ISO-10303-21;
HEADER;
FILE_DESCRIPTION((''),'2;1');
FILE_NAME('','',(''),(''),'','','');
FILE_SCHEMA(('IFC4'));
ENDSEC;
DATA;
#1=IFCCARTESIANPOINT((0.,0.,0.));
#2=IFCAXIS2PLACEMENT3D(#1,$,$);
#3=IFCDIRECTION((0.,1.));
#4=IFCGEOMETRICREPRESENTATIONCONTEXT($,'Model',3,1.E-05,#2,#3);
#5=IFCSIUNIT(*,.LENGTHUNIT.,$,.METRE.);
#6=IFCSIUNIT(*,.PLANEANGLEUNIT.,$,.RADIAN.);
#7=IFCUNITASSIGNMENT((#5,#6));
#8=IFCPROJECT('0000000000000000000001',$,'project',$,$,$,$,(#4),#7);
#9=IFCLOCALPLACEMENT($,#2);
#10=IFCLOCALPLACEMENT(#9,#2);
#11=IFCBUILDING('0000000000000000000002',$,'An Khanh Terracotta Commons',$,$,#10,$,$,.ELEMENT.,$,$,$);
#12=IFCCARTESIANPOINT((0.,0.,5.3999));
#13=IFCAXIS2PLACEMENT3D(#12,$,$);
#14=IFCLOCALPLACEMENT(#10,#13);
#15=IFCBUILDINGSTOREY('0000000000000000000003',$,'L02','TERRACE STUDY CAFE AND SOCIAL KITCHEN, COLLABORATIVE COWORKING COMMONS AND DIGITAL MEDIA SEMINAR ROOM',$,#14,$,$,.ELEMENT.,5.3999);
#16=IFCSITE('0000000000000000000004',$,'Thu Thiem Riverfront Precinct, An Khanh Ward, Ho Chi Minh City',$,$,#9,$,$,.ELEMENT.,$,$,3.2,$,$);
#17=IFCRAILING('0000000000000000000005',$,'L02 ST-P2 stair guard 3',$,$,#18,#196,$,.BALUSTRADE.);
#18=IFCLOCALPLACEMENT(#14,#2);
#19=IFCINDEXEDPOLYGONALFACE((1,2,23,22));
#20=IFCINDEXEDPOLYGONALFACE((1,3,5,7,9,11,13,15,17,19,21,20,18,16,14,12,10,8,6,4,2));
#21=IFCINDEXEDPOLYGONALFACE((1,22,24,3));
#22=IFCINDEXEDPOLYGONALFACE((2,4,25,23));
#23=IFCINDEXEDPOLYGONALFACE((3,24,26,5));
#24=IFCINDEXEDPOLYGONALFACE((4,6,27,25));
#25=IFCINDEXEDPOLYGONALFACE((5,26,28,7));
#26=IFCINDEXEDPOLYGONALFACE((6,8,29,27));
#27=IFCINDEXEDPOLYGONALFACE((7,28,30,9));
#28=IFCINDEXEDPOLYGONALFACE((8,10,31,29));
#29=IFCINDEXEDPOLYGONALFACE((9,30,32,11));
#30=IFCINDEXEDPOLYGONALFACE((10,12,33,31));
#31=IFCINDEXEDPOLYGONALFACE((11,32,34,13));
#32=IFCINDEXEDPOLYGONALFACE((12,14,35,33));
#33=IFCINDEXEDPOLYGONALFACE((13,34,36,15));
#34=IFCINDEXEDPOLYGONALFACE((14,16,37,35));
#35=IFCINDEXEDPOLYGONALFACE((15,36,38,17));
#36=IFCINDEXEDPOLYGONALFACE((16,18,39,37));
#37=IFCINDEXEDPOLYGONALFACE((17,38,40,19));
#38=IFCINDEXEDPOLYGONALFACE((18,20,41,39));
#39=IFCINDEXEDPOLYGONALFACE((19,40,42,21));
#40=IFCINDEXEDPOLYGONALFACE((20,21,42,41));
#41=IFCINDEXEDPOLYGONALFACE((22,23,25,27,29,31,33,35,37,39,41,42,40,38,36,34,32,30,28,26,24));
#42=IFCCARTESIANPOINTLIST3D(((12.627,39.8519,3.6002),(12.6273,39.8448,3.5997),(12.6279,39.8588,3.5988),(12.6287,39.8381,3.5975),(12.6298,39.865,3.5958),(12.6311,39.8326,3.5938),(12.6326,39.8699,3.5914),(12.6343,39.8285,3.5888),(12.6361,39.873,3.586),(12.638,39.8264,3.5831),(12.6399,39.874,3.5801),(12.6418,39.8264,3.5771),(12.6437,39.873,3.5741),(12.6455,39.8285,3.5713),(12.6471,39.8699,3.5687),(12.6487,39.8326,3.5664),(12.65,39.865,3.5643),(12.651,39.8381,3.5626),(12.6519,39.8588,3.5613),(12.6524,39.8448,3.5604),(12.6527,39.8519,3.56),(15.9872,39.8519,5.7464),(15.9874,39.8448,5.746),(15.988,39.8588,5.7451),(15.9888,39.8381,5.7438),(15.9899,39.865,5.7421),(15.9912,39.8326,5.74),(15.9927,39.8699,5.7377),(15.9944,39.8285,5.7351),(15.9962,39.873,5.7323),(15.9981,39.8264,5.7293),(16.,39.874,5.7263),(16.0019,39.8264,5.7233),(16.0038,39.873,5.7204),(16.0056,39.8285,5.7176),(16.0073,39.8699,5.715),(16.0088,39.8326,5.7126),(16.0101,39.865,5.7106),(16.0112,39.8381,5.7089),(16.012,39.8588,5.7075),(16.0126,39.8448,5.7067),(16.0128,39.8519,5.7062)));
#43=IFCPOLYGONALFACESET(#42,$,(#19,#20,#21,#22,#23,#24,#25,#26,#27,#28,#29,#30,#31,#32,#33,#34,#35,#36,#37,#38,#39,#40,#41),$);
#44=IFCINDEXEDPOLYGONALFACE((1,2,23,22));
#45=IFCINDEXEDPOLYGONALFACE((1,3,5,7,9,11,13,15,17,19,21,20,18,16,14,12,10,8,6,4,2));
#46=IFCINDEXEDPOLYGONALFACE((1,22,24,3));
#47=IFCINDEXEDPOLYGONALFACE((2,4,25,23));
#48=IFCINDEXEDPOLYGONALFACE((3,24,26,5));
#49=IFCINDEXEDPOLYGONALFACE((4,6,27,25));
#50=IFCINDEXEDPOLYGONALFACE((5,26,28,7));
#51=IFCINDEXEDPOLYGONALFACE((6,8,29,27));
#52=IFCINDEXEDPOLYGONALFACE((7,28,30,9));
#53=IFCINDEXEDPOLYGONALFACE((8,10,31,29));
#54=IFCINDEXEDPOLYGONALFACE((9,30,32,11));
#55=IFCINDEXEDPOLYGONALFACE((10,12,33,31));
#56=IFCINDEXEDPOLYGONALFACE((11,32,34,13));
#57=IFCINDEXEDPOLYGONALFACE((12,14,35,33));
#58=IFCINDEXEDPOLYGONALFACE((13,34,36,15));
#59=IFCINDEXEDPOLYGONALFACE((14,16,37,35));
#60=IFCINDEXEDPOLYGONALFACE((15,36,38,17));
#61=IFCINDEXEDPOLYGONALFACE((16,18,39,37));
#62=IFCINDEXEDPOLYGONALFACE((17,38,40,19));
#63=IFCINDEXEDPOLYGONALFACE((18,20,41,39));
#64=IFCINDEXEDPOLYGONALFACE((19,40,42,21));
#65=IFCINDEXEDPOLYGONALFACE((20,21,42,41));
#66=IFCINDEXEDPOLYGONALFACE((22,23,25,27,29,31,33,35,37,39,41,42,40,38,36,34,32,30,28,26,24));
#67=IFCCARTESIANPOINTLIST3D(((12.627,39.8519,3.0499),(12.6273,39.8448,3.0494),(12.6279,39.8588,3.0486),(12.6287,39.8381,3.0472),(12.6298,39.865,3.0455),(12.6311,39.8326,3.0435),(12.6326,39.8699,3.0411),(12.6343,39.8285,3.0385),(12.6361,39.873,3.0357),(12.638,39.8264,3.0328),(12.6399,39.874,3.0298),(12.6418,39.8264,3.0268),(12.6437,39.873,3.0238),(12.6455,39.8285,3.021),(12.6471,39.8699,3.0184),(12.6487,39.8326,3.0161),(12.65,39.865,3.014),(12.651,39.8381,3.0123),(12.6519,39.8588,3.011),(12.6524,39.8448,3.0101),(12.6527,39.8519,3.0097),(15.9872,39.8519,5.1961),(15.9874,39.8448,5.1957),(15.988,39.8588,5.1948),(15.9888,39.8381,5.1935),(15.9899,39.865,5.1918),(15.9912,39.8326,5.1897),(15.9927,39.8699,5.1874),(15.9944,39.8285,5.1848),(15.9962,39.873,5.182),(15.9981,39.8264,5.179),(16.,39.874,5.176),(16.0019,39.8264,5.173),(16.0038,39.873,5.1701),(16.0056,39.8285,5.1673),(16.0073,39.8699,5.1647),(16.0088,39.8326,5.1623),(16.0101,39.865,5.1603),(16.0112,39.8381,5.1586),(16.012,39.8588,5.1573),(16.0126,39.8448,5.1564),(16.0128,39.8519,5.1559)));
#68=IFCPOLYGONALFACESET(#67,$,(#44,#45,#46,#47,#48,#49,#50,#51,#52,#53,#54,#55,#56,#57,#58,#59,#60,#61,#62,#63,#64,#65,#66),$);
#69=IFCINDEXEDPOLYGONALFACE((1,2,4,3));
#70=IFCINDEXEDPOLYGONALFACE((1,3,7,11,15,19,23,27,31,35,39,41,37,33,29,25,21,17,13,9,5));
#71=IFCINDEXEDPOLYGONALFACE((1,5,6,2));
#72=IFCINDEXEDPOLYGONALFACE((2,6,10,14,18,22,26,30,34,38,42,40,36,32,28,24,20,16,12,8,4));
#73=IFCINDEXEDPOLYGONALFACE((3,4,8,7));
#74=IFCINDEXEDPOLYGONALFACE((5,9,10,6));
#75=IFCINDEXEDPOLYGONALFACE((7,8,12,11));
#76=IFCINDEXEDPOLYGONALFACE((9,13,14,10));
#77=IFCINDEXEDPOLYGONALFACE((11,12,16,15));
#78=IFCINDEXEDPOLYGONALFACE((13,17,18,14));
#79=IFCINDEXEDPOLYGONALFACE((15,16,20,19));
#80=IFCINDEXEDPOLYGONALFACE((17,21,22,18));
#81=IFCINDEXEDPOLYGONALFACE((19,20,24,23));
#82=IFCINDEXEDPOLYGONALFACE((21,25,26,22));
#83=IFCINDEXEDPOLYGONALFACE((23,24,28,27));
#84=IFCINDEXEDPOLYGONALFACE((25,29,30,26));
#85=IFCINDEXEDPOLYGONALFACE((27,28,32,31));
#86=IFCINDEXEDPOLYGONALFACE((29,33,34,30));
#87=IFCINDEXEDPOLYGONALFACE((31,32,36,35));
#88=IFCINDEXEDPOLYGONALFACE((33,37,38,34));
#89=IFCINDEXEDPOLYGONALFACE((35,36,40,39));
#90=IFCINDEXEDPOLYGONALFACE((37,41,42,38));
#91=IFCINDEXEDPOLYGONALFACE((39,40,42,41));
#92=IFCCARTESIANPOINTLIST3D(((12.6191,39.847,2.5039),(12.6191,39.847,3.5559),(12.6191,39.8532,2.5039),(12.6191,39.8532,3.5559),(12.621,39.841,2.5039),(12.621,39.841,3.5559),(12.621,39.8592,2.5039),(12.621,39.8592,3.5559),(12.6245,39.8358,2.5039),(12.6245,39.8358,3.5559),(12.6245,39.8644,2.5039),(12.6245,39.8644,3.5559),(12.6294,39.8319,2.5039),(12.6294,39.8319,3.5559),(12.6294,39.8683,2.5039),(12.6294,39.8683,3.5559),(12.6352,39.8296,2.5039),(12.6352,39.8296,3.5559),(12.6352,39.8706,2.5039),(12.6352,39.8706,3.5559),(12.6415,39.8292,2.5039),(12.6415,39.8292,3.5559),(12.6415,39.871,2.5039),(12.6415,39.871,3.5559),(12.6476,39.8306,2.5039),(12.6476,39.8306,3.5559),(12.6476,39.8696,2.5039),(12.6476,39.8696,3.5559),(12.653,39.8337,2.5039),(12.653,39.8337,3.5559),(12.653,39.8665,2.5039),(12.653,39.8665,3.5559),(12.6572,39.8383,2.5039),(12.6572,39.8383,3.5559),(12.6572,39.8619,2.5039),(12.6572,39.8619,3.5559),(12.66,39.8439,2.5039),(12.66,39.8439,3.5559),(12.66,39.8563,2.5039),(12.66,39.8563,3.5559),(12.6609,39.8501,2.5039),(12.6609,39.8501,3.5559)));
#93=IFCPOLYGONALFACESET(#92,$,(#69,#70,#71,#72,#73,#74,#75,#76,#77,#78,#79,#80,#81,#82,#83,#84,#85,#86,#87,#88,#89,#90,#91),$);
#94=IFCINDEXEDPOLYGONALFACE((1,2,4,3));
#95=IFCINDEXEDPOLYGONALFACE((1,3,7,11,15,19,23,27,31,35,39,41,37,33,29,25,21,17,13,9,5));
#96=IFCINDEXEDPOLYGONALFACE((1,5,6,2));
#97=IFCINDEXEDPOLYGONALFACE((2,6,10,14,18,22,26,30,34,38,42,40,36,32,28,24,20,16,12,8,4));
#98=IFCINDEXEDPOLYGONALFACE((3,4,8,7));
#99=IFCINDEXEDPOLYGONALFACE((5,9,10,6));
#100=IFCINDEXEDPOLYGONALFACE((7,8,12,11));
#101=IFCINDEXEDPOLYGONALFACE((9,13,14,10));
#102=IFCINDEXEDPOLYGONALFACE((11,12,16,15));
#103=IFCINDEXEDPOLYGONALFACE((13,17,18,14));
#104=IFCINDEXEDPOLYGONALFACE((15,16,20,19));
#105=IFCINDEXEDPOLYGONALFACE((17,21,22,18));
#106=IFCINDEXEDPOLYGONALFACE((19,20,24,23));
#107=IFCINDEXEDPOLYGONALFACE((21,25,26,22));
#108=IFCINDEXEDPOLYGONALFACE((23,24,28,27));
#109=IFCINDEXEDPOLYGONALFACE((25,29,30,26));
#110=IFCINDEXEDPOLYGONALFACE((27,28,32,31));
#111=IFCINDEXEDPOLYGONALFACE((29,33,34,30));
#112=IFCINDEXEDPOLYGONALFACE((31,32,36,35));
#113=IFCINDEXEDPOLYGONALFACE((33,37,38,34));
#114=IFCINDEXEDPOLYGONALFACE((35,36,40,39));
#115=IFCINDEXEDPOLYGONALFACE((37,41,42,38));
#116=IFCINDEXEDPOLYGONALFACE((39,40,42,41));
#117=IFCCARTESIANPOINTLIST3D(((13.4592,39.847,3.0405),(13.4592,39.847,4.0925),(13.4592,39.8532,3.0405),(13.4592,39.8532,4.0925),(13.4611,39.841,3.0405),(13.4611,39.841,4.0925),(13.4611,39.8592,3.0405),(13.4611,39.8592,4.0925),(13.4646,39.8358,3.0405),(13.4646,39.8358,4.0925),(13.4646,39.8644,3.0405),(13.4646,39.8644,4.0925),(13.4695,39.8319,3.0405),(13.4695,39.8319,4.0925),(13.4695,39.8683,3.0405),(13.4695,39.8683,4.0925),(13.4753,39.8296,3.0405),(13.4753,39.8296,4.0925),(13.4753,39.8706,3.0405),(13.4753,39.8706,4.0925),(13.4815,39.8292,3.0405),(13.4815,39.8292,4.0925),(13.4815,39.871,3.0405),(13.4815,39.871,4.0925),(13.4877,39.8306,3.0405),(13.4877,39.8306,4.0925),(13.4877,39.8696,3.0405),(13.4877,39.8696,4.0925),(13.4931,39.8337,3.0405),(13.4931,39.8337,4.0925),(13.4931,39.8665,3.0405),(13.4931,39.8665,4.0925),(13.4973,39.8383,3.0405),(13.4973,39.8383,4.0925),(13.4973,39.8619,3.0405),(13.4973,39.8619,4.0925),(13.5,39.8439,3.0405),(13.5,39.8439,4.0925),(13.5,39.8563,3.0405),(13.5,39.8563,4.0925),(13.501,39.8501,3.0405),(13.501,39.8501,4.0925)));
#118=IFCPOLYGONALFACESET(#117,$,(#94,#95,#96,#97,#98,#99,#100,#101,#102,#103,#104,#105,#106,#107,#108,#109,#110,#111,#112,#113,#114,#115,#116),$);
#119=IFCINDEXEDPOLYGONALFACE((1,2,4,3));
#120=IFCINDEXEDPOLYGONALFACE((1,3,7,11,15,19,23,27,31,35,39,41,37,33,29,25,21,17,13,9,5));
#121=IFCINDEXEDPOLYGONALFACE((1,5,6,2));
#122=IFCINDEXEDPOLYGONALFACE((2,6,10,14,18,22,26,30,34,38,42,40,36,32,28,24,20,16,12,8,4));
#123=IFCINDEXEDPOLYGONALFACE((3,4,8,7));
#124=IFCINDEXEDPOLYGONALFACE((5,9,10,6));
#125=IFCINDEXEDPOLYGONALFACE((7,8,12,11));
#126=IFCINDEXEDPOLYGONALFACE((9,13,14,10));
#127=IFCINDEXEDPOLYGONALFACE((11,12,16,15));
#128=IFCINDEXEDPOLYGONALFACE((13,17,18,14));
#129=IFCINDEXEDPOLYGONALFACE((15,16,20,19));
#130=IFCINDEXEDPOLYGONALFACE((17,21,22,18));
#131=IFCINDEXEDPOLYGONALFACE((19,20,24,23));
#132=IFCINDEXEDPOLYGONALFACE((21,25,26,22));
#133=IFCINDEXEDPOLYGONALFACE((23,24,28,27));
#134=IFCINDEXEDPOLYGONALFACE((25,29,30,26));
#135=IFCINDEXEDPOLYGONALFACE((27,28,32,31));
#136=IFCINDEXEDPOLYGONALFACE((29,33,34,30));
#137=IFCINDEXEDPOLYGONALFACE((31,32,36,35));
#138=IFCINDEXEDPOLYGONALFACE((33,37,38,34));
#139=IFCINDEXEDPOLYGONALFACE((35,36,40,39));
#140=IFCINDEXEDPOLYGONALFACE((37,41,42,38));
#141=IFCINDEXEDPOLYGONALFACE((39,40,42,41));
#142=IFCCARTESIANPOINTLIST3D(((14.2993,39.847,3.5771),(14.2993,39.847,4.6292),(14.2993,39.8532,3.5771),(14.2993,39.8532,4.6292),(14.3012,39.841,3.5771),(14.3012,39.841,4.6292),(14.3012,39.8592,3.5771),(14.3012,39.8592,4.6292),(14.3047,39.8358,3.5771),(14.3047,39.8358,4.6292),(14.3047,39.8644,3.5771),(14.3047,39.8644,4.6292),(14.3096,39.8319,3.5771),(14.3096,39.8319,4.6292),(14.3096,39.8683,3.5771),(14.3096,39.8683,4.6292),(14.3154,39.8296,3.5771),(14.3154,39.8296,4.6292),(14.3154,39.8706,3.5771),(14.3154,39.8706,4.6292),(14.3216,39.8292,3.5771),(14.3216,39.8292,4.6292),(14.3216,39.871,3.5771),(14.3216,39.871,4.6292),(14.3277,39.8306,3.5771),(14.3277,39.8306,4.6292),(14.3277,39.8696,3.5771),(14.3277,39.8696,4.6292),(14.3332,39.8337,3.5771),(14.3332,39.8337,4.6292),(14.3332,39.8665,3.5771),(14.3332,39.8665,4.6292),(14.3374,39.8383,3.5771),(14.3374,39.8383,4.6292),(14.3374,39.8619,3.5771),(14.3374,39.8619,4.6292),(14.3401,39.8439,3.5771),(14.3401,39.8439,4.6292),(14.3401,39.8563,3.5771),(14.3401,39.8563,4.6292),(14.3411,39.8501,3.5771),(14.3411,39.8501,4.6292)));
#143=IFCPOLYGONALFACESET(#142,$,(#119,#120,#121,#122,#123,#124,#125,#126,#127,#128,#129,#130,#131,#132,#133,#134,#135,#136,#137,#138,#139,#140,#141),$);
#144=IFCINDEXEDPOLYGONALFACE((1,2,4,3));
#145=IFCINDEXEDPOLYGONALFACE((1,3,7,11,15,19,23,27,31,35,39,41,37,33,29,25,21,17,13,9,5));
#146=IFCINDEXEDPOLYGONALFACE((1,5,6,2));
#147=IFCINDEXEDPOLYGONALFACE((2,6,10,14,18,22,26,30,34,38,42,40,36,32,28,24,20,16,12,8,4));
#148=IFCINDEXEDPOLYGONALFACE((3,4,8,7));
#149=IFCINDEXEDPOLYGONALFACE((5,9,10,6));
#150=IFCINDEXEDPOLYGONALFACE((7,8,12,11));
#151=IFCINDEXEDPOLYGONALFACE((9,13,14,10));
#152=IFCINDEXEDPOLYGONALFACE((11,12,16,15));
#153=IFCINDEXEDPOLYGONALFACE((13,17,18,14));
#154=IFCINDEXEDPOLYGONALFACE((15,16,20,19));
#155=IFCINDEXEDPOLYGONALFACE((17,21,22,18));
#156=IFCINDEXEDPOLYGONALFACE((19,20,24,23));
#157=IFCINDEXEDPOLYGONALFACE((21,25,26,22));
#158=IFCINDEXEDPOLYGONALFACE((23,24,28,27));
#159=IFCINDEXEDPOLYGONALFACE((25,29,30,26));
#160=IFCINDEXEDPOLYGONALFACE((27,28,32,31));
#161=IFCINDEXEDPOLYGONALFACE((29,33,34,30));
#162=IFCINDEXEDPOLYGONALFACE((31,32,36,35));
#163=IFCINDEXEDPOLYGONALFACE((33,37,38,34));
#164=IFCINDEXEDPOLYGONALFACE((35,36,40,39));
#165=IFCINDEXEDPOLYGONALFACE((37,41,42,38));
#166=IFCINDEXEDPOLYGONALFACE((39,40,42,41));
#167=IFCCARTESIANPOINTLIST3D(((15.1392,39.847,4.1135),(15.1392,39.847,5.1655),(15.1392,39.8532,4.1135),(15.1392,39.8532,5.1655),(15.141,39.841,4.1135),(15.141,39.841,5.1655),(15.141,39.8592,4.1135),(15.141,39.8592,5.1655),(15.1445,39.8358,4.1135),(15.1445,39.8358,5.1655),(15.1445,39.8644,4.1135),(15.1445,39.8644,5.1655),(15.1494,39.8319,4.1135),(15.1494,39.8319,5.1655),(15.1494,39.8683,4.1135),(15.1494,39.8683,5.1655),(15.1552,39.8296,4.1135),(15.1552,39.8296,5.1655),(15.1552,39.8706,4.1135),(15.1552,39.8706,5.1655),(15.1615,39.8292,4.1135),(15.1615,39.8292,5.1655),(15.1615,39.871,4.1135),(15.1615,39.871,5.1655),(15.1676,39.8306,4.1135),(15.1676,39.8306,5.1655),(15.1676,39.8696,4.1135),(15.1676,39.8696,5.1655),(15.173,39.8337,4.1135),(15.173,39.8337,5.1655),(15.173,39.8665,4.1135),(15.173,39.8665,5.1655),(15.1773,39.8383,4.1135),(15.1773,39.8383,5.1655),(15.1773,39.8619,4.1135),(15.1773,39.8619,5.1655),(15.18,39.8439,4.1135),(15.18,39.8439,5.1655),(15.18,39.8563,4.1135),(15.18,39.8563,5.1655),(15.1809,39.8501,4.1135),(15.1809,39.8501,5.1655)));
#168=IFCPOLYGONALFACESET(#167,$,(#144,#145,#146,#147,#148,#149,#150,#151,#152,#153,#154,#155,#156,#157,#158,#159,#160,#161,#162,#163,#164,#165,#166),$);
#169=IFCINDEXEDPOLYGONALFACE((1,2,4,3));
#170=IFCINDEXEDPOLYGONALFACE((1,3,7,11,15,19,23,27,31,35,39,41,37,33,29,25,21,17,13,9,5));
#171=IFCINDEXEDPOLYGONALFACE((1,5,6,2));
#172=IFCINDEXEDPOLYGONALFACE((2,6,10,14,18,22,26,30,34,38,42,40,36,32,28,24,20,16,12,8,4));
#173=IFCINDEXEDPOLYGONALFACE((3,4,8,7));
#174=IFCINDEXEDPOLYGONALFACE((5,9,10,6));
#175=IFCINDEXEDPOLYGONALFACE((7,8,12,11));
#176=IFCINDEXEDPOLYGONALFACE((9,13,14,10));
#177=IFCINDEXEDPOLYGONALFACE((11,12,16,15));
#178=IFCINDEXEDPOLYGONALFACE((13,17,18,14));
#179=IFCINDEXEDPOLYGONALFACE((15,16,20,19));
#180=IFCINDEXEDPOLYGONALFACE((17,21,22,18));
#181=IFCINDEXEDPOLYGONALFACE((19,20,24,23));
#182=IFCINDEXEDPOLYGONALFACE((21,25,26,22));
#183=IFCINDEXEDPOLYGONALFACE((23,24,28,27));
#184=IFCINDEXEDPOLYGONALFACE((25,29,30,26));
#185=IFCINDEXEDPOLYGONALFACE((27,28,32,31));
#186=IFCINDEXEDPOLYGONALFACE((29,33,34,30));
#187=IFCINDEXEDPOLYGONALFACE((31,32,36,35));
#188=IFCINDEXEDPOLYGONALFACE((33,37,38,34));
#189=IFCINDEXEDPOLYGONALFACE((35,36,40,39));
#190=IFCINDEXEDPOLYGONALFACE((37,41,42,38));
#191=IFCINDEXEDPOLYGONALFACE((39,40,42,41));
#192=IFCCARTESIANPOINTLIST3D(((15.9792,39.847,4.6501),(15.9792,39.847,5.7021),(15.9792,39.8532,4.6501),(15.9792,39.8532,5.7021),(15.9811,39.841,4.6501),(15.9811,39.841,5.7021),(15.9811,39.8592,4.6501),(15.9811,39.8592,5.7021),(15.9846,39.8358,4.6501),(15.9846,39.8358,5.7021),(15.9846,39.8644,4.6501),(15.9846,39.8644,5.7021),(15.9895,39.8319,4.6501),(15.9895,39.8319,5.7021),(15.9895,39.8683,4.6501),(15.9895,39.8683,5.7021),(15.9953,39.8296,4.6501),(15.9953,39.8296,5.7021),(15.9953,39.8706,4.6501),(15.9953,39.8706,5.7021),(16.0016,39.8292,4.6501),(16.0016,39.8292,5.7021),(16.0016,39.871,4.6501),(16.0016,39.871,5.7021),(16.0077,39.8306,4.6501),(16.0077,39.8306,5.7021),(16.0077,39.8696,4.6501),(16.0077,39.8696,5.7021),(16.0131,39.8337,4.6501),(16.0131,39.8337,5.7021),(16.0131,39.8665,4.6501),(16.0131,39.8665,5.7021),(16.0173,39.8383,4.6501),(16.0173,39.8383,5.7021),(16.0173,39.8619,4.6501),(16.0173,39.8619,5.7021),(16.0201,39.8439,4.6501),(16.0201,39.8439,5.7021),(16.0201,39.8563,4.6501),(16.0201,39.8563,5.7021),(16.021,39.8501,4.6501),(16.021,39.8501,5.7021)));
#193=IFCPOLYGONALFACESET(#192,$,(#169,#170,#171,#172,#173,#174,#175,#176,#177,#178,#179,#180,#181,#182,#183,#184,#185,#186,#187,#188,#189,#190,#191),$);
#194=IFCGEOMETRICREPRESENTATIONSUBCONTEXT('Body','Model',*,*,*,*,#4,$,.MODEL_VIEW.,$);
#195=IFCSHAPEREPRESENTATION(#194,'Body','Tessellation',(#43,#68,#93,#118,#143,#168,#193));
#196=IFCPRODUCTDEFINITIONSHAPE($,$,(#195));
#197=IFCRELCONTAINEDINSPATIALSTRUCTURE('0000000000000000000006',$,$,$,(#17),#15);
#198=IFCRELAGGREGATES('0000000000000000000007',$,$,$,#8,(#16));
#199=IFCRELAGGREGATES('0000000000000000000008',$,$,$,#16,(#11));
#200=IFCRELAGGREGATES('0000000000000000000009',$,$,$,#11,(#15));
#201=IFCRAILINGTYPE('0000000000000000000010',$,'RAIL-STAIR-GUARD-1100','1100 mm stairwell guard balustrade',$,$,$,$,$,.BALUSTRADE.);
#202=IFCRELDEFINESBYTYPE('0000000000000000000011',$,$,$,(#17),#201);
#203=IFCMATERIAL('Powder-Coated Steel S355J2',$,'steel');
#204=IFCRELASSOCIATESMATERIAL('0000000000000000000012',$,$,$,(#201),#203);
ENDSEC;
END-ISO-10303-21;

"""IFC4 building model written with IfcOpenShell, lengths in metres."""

from ifc_helpers import new_model, si_unit, direction, frame, origin, origin_2d, place, context, subcontext, project, spatial, circle, extrude, material, type_object, element, save


model = new_model("IFC4")

# Units and contexts
model_context = context("Model", 3, precision=1e-05, world=origin(), true_north=direction((0.0, 1.0)))
body_context = subcontext(model_context, "Body", "Model", "MODEL_VIEW")
ifc_project = project(units=[si_unit("LENGTHUNIT", "METRE"), si_unit("PLANEANGLEUNIT", "RADIAN")], contexts=[model_context])

# Site, building, storey
site_placement = place(None, origin())
site = spatial("IfcSite", under=ifc_project, at=site_placement, Name="Thu Thiem Riverfront Precinct, An Khanh Ward, Ho Chi Minh City", CompositionType="ELEMENT", RefElevation=3.2)
building_placement = place(site_placement, origin())
building = spatial("IfcBuilding", under=site, at=building_placement, Name="An Khanh Terracotta Commons", CompositionType="ELEMENT")
storey_placement = place(building_placement, frame((0.0, 0.0, 5.3999)))
storey = spatial("IfcBuildingStorey", under=building, at=storey_placement, Name="L02", Description="TERRACE STUDY CAFE AND SOCIAL KITCHEN, COLLABORATIVE COWORKING COMMONS AND DIGITAL MEDIA SEMINAR ROOM", CompositionType="ELEMENT", Elevation=5.3999)

# Railing
ifc_material_1 = material(Name="Powder-Coated Steel S355J2", Category="steel")
railing_type_1 = type_object("IfcRailingType", Name="RAIL-STAIR-GUARD-1100", Description="1100 mm stairwell guard balustrade", PredefinedType="BALUSTRADE", material=ifc_material_1)
railing_1_placement = place(storey_placement, frame((12.6399, 39.8501, 2.5039)))
element("IfcRailing", 1, at=railing_1_placement, inside=storey, type_object=railing_type_1, Name="L02 ST-P2 stair guard 3", PredefinedType="BALUSTRADE", context=body_context, shape_type="SweptSolid", body=[
    extrude(circle(Radius=0.0239, at=origin_2d()), frame((0.0, 0.0, 1.0762), z_axis=(0.842753, 0.0, 0.538301), x_axis=(0.0, 1.0, 0.0)), (0.0, 0.0, 1.0), 3.9871),
    extrude(circle(Radius=0.0239, at=origin_2d()), frame((0.0, 0.0, 0.5259), z_axis=(0.842753, 0.0, 0.538301), x_axis=(0.0, 1.0, 0.0)), (0.0, 0.0, 1.0), 3.9871),
    extrude(circle(Radius=0.021, at=origin_2d()), origin(), (0.0, 0.0, 1.0), 1.052),
    extrude(circle(Radius=0.021, at=origin_2d()), frame((0.8401, 0.0, 0.5366)), (0.0, 0.0, 1.0), 1.052),
    extrude(circle(Radius=0.021, at=origin_2d()), frame((1.6802, 0.0, 1.0732)), (0.0, 0.0, 1.0), 1.052),
    extrude(circle(Radius=0.021, at=origin_2d()), frame((2.52, 0.0, 1.6096)), (0.0, 0.0, 1.0), 1.052),
    extrude(circle(Radius=0.021, at=origin_2d()), frame((3.3601, 0.0, 2.1462)), (0.0, 0.0, 1.0), 1.052),
])

save(model, "model.ifc")
